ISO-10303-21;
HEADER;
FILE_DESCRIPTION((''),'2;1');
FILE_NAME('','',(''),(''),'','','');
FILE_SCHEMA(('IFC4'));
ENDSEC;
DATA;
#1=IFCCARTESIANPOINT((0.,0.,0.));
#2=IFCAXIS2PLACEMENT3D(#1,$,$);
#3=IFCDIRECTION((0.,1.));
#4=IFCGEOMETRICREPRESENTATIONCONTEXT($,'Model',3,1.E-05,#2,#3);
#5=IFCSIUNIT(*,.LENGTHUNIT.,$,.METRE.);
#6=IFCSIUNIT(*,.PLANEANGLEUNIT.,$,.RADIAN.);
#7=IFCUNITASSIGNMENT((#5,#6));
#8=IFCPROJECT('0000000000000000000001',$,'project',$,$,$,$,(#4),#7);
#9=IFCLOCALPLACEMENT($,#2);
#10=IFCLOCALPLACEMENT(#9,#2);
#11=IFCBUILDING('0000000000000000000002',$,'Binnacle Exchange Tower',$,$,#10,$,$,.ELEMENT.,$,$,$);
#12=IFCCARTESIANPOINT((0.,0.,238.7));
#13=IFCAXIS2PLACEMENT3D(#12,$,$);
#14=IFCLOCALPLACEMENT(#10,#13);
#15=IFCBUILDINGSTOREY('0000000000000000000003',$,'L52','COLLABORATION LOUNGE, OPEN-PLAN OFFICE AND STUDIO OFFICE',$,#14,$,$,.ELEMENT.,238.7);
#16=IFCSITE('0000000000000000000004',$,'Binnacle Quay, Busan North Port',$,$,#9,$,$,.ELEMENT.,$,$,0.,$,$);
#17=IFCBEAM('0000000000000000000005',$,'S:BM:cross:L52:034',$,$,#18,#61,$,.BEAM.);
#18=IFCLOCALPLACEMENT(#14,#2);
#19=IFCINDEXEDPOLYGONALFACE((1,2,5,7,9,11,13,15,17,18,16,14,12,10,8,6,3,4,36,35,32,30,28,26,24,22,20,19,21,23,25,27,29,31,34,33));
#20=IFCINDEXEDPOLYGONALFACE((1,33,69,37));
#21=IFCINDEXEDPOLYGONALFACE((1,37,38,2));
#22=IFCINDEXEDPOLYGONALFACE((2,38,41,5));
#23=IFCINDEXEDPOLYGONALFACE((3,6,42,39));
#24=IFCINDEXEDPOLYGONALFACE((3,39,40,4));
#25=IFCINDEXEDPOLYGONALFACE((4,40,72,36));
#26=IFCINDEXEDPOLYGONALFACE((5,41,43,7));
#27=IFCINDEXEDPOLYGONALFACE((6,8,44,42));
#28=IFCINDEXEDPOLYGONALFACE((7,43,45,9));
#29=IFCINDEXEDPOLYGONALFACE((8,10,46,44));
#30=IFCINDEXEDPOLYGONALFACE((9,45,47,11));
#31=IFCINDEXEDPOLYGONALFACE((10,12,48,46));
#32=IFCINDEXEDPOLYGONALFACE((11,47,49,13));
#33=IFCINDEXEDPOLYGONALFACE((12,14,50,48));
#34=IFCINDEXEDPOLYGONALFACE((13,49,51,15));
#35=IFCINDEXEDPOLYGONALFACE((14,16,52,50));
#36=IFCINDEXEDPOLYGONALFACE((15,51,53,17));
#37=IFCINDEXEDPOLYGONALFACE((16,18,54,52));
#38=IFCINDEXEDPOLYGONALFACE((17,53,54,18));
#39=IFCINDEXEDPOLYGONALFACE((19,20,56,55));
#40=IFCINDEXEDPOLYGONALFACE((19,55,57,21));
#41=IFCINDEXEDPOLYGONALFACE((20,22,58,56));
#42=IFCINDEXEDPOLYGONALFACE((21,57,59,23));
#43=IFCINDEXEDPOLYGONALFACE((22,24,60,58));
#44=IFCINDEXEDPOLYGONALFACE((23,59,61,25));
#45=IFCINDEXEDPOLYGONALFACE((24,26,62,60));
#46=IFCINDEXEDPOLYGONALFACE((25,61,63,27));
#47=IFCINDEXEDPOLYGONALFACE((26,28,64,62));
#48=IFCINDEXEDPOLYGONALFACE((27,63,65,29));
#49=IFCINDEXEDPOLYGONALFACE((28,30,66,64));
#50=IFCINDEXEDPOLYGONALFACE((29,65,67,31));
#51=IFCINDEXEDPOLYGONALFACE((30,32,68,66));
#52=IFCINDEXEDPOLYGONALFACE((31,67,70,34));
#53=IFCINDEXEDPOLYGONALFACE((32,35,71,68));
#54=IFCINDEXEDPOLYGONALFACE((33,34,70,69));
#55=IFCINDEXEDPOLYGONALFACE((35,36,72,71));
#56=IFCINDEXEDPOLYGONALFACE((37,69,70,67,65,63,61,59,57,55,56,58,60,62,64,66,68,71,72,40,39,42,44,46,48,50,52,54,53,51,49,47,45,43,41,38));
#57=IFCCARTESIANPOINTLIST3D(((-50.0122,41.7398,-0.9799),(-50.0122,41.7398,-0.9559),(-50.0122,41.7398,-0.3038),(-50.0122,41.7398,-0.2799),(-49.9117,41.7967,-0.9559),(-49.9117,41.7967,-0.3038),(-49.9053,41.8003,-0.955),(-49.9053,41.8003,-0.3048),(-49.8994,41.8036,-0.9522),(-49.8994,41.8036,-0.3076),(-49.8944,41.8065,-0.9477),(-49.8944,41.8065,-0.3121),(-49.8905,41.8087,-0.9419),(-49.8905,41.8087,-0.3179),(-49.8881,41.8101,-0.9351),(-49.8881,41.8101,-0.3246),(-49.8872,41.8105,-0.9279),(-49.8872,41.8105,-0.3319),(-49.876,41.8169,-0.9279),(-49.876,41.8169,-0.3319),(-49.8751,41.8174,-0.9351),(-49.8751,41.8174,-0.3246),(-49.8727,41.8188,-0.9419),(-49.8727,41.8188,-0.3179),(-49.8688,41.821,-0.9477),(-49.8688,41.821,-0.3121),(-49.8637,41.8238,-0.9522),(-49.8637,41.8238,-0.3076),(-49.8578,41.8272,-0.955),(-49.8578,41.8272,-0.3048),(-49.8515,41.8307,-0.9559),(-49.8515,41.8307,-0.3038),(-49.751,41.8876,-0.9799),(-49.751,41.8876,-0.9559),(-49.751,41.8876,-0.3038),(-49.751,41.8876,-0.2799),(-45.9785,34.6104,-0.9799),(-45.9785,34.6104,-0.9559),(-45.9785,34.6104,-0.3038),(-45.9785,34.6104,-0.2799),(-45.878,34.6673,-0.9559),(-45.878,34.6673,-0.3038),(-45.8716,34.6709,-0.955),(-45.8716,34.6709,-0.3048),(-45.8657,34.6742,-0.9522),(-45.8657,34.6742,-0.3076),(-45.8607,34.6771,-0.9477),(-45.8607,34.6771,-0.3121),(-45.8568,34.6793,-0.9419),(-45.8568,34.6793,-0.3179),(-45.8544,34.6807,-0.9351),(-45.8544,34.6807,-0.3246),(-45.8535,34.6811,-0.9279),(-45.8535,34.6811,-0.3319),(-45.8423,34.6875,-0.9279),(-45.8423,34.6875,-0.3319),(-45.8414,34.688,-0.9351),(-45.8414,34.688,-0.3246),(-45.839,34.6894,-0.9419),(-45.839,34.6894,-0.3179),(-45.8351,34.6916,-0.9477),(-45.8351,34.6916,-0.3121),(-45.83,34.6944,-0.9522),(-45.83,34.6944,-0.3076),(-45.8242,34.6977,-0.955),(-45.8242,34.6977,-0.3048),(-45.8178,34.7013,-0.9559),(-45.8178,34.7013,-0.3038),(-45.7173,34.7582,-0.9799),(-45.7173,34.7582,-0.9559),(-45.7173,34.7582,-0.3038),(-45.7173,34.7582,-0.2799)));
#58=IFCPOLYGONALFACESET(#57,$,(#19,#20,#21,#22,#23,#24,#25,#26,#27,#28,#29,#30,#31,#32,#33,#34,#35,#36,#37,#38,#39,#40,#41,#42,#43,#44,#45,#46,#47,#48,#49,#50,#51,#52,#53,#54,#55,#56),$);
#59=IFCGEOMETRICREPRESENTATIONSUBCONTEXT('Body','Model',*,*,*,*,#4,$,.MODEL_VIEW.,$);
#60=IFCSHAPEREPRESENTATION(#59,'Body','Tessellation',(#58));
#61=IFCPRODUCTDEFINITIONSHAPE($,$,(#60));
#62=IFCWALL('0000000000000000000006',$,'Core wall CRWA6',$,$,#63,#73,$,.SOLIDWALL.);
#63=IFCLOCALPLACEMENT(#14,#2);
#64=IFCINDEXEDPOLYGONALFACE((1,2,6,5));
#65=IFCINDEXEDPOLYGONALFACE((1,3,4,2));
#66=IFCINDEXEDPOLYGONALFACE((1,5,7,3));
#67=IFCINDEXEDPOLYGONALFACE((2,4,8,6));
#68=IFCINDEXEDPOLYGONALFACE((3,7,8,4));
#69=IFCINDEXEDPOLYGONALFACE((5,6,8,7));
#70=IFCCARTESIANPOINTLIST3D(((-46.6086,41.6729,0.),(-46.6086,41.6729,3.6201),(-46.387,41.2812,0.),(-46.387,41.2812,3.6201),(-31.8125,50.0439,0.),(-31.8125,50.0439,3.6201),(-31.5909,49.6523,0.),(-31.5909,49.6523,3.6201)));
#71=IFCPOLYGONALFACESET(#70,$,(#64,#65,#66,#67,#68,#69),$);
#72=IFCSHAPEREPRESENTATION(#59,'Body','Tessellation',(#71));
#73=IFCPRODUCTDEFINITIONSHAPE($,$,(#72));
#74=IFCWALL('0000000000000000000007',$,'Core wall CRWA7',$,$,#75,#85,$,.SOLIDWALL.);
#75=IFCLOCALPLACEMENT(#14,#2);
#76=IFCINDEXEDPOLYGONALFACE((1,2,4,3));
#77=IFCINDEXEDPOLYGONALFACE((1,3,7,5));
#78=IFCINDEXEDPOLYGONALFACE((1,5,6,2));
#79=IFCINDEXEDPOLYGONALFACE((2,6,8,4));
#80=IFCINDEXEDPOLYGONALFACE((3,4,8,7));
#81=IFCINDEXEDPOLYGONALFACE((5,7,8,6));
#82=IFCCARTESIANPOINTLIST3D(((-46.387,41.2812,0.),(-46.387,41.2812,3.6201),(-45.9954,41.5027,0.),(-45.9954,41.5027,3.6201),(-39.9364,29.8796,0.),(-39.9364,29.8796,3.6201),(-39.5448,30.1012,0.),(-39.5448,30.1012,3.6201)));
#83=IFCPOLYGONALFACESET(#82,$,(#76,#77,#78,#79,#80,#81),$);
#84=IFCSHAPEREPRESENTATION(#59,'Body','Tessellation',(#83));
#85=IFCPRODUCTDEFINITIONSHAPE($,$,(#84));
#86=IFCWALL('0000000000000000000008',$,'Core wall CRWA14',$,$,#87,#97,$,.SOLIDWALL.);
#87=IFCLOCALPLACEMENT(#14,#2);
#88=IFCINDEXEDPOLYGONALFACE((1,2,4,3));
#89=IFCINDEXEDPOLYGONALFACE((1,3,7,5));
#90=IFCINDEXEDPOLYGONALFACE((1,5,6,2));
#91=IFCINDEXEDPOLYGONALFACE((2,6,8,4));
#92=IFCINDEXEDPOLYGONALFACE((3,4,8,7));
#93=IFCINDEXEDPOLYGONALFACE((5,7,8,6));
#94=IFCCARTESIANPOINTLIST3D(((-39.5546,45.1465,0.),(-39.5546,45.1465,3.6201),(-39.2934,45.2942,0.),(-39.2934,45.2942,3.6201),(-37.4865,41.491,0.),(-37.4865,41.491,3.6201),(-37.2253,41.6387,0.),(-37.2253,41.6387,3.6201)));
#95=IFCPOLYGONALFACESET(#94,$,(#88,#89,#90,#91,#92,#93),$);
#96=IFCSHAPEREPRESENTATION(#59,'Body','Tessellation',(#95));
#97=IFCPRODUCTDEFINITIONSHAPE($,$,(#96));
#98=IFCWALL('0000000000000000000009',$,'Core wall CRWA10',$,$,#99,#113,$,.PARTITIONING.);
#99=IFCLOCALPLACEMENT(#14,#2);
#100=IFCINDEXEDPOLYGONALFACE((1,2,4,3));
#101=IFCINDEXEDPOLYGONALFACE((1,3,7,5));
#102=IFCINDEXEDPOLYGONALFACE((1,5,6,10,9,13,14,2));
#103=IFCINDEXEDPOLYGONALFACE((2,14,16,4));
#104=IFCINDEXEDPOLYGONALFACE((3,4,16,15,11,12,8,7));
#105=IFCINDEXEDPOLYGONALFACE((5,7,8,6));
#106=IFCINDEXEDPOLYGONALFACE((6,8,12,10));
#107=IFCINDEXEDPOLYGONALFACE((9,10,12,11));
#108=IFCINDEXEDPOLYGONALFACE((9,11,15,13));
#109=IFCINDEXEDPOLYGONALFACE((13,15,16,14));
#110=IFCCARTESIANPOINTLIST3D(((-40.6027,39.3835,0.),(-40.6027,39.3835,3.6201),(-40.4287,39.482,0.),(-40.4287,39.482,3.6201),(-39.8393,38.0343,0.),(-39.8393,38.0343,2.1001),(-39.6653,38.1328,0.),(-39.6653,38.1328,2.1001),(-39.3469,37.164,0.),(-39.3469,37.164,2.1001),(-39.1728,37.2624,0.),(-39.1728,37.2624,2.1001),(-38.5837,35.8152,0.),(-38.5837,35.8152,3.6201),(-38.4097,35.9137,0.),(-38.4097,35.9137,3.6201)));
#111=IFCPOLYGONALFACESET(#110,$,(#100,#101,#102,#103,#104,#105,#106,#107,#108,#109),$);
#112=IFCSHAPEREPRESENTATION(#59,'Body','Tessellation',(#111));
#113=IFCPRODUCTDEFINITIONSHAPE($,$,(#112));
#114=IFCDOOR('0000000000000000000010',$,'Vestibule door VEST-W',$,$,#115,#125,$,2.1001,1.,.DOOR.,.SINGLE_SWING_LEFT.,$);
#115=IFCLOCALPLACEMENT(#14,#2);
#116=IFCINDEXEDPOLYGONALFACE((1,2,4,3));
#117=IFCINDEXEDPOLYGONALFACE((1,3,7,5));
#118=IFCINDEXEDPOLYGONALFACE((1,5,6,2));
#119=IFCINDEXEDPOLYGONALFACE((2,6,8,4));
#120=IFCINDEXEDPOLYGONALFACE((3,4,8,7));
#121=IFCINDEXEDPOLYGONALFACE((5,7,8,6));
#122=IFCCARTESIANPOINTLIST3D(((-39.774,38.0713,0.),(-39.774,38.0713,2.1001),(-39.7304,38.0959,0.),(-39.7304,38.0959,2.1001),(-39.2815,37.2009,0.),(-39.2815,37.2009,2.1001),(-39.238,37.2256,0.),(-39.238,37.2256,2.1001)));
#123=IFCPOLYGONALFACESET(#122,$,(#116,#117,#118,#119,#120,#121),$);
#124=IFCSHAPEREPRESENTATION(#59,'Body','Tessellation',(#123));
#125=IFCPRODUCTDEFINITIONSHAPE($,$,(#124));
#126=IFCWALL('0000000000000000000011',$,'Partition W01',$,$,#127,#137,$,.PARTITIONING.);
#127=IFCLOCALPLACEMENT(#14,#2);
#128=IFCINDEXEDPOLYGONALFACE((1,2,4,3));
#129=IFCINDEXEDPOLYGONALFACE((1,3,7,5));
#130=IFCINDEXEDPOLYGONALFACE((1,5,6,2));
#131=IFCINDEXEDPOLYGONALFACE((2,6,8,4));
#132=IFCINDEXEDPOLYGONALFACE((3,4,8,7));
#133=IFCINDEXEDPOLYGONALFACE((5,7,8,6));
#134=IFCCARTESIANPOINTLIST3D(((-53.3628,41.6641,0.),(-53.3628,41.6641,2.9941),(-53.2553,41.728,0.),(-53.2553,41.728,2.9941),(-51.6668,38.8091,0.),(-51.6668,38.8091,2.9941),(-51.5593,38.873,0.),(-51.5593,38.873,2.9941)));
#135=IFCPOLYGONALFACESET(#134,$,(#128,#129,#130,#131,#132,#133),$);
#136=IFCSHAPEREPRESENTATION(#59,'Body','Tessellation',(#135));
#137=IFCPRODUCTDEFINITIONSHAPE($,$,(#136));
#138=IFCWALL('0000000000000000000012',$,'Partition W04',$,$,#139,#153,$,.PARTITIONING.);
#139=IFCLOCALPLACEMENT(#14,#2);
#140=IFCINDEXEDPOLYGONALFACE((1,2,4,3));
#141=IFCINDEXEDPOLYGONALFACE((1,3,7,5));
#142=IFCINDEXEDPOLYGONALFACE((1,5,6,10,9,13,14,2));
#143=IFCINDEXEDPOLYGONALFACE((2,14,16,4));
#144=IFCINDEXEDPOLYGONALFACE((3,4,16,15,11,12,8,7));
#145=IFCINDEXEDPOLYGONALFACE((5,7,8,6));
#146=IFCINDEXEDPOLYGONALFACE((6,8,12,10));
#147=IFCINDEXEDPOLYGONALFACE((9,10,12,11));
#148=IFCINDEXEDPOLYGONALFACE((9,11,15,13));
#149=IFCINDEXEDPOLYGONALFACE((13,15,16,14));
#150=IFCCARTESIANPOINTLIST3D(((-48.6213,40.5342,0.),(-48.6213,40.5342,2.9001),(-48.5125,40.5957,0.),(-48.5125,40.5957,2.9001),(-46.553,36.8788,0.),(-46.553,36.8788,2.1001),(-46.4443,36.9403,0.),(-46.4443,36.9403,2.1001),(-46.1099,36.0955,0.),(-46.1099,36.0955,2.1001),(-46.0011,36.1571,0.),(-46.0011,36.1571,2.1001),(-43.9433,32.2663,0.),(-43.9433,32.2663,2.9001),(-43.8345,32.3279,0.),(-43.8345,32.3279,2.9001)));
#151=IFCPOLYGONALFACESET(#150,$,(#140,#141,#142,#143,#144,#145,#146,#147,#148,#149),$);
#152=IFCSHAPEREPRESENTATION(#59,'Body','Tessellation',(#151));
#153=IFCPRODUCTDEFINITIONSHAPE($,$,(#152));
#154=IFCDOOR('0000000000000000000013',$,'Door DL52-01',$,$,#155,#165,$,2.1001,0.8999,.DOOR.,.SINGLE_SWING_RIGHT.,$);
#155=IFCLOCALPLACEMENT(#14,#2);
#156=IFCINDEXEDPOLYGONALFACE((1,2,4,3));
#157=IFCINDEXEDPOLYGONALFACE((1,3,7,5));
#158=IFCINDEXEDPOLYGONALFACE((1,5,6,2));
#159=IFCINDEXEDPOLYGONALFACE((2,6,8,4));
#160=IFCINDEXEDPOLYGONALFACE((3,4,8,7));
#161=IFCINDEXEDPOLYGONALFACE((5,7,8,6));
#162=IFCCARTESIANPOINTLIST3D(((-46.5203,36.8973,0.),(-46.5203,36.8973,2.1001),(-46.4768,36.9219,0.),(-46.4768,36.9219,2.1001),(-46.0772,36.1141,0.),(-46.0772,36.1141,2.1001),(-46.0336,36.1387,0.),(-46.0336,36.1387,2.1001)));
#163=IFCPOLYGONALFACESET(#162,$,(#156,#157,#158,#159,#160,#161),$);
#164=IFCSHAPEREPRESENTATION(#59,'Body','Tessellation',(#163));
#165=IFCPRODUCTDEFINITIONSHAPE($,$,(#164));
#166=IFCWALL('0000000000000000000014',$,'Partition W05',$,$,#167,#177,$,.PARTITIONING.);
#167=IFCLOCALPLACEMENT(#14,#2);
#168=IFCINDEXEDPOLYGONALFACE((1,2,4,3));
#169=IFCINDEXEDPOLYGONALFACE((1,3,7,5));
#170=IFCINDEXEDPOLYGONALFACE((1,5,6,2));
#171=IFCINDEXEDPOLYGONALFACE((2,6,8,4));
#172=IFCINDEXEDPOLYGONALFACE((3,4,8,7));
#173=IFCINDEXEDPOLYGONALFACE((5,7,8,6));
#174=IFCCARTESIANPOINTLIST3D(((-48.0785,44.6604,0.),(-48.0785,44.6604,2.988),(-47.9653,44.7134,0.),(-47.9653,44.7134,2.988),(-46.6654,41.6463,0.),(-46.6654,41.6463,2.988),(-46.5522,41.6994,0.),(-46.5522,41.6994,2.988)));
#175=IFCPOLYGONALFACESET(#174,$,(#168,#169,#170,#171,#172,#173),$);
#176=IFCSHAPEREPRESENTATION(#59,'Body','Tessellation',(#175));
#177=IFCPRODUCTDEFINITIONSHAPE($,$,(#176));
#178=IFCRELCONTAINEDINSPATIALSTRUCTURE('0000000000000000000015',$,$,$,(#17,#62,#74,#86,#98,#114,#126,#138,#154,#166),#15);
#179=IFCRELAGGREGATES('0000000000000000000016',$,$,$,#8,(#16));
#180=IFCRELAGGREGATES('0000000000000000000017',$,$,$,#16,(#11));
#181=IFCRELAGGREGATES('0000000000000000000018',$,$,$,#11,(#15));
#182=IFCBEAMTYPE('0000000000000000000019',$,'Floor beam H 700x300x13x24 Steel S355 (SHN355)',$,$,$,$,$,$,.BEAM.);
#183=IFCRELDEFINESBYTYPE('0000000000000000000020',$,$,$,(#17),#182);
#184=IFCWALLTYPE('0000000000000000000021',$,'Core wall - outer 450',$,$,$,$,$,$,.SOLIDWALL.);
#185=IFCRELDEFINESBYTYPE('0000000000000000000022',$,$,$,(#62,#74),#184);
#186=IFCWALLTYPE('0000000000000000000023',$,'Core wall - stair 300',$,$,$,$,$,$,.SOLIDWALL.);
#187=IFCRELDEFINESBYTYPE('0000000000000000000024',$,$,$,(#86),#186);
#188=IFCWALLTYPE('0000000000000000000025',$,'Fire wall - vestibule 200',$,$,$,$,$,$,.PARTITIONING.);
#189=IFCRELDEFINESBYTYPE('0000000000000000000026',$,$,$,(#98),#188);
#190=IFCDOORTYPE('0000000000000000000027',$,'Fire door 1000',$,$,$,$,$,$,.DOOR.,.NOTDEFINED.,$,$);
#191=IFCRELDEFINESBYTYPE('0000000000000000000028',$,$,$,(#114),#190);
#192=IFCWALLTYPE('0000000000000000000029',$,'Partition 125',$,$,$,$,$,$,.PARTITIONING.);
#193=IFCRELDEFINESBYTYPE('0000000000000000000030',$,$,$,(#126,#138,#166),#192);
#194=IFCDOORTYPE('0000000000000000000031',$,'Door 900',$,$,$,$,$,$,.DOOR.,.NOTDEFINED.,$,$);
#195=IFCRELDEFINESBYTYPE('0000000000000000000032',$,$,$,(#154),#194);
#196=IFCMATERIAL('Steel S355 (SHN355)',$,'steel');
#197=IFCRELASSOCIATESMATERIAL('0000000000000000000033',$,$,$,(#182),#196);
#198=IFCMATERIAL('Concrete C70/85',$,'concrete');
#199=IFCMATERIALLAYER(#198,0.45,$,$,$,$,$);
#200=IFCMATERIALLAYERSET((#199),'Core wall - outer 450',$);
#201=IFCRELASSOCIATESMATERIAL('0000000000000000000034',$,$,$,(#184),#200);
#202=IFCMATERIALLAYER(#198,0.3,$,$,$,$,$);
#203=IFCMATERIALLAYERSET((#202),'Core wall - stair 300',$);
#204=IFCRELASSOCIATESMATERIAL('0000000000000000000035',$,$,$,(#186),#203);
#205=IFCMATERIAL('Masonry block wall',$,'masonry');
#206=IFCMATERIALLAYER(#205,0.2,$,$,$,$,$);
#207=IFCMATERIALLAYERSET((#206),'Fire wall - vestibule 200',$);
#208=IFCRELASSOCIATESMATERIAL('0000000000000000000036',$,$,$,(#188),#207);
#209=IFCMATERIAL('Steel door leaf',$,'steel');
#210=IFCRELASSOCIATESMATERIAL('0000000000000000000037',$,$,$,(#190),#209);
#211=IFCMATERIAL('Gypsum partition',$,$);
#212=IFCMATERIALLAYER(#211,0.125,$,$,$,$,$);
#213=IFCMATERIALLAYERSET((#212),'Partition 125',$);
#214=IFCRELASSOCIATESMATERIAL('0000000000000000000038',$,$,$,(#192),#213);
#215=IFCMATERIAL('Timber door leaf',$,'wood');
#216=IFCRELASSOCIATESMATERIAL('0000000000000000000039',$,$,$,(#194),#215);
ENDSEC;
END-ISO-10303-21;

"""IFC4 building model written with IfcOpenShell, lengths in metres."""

from ifc_helpers import new_model, si_unit, direction, frame, frame_2d, origin, origin_2d, place, context, subcontext, project, spatial, rectangle, i_section, extrude, material, layer, layer_set, material_profile, profile_set, type_object, element, fill, save


model = new_model("IFC4")

# Units and contexts
model_context = context("Model", 3, precision=1e-05, world=origin(), true_north=direction((0.0, 1.0)))
body_context = subcontext(model_context, "Body", "Model", "MODEL_VIEW")
ifc_project = project(units=[si_unit("LENGTHUNIT", "METRE"), si_unit("PLANEANGLEUNIT", "RADIAN")], contexts=[model_context])

# Site, building, storey
site_placement = place(None, origin())
site = spatial("IfcSite", under=ifc_project, at=site_placement, Name="Binnacle Quay, Busan North Port", CompositionType="ELEMENT", RefElevation=0.0)
building_placement = place(site_placement, origin())
building = spatial("IfcBuilding", under=site, at=building_placement, Name="Binnacle Exchange Tower", CompositionType="ELEMENT")
storey_placement = place(building_placement, frame((0.0, 0.0, 238.7)))
storey = spatial("IfcBuildingStorey", under=building, at=storey_placement, Name="L52", Description="COLLABORATION LOUNGE, OPEN-PLAN OFFICE AND STUDIO OFFICE", CompositionType="ELEMENT", Elevation=238.7)

# Beam
ifc_material_1 = material(Name="Steel S355 (SHN355)", Category="steel")
ifc_material_profile_1 = material_profile(ifc_material_1, i_section(OverallWidth=0.3, OverallDepth=0.7, WebThickness=0.0129, FlangeThickness=0.0239, FilletRadius=0.0281, at=origin_2d()), Name="H 700x300x13x24")
ifc_profile_set_1 = profile_set([ifc_material_profile_1], Name="Steel S355 (SHN355)")
beam_type_1 = type_object("IfcBeamType", Name="Floor beam H 700x300x13x24 Steel S355 (SHN355)", PredefinedType="BEAM", material=ifc_profile_set_1)
beam_1_placement = place(storey_placement, frame((-49.8816, 41.8137, -0.6299), z_axis=(0.49243, -0.870352, 0.0), x_axis=(0.870352, 0.49243, 0.0)))
element("IfcBeam", 1, at=beam_1_placement, inside=storey, type_object=beam_type_1, Name="S:BM:cross:L52:034", PredefinedType="BEAM", context=body_context, shape_type="SweptSolid", body=[
    extrude(i_section(OverallWidth=0.3, OverallDepth=0.7, WebThickness=0.0129, FlangeThickness=0.0239, FilletRadius=0.0281, at=origin_2d()), origin(), (0.0, 0.0, 1.0), 8.1914),
])

# Walls
ifc_material_2 = material(Name="Concrete C70/85", Category="concrete")
ifc_layer_1 = layer(ifc_material_2, 0.45)
ifc_layer_set_1 = layer_set([ifc_layer_1], Name="Core wall - outer 450")
wall_type_1 = type_object("IfcWallType", Name="Core wall - outer 450", PredefinedType="SOLIDWALL", material=ifc_layer_set_1)
wall_1_placement = place(storey_placement, frame((-46.4978, 41.4771, 0.0), z_axis=(0.0, 0.0, 1.0), x_axis=(0.87036, 0.492416, 0.0)))
element("IfcWall", 2, at=wall_1_placement, inside=storey, type_object=wall_type_1, Name="Core wall CRWA6", PredefinedType="SOLIDWALL", context=body_context, shape_type="SweptSolid", body=[
    extrude(rectangle(XDim=17.0, YDim=0.45, at=frame_2d((8.5, 0.0))), origin(), (0.0, 0.0, 1.0), 3.6201),
])
wall_2_placement = place(storey_placement, frame((-46.1912, 41.3918, 0.0), z_axis=(0.0, 0.0, 1.0), x_axis=(0.492421, -0.870357, 0.0)))
element("IfcWall", 3, at=wall_2_placement, inside=storey, type_object=wall_type_1, Name="Core wall CRWA7", PredefinedType="SOLIDWALL", context=body_context, shape_type="SweptSolid", body=[
    extrude(rectangle(XDim=13.0999, YDim=0.45, at=frame_2d((6.5498, 0.0))), origin(), (0.0, 0.0, 1.0), 3.6201),
])
ifc_layer_2 = layer(ifc_material_2, 0.3)
ifc_layer_set_2 = layer_set([ifc_layer_2], Name="Core wall - stair 300")
wall_type_2 = type_object("IfcWallType", Name="Core wall - stair 300", PredefinedType="SOLIDWALL", material=ifc_layer_set_2)
wall_3_placement = place(storey_placement, frame((-39.4241, 45.2205, 0.0), z_axis=(0.0, 0.0, 1.0), x_axis=(0.49241, -0.870364, 0.0)))
element("IfcWall", 4, at=wall_3_placement, inside=storey, type_object=wall_type_2, Name="Core wall CRWA14", PredefinedType="SOLIDWALL", context=body_context, shape_type="SweptSolid", body=[
    extrude(rectangle(XDim=4.2, YDim=0.3, at=frame_2d((2.1001, 0.0))), origin(), (0.0, 0.0, 1.0), 3.6201),
])

# Wall, opening, door
ifc_material_3 = material(Name="Masonry block wall", Category="masonry")
ifc_layer_3 = layer(ifc_material_3, 0.2)
ifc_layer_set_3 = layer_set([ifc_layer_3], Name="Fire wall - vestibule 200")
wall_type_3 = type_object("IfcWallType", Name="Fire wall - vestibule 200", PredefinedType="PARTITIONING", material=ifc_layer_set_3)
wall_4_placement = place(storey_placement, frame((-40.5156, 39.4326, 0.0), z_axis=(0.0, 0.0, 1.0), x_axis=(0.492454, -0.870339, 0.0)))
wall_4 = element("IfcWall", 5, at=wall_4_placement, inside=storey, type_object=wall_type_3, Name="Core wall CRWA10", PredefinedType="PARTITIONING", context=body_context, shape_type="SweptSolid", body=[
    extrude(rectangle(XDim=4.0999, YDim=0.2, at=frame_2d((2.0498, 0.0))), origin(), (0.0, 0.0, 1.0), 3.6201),
])
opening_1_placement = place(wall_4_placement, frame((1.55, 0.0, 0.0)))
opening_1 = element("IfcOpeningElement", 6, at=opening_1_placement, cuts=wall_4, PredefinedType="OPENING", context=body_context, shape_type="SweptSolid", body=[
    extrude(rectangle(XDim=1.0, YDim=2.1001, at=frame_2d((0.5, 1.05))), frame((0.0, 0.1099, 0.0), z_axis=(0.0, -1.0, 0.0), x_axis=(1.0, 0.0, 0.0)), (0.0, 0.0, 1.0), 0.22),
])
ifc_material_4 = material(Name="Steel door leaf", Category="steel")
door_type_1 = type_object("IfcDoorType", Name="Fire door 1000", OperationType="NOTDEFINED", PredefinedType="DOOR", material=ifc_material_4)
door_1_placement = place(opening_1_placement, frame((1.0, 0.0, 0.0), z_axis=(0.0, 0.0, 1.0), x_axis=(-1.0, 0.0, 0.0)))
door_1 = element("IfcDoor", 7, at=door_1_placement, inside=storey, type_object=door_type_1, Name="Vestibule door VEST-W", OperationType="SINGLE_SWING_LEFT", OverallHeight=2.1001, OverallWidth=1.0, PredefinedType="DOOR", context=body_context, shape_type="SweptSolid", body=[
    extrude(rectangle(XDim=1.0, YDim=2.1001, at=frame_2d((0.5, 1.05))), frame((0.0, 0.0249, 0.0), z_axis=(0.0, -1.0, 0.0), x_axis=(1.0, 0.0, 0.0)), (0.0, 0.0, 1.0), 0.05),
])
fill(opening_1, door_1)

# Wall
ifc_material_5 = material(Name="Gypsum partition")
ifc_layer_4 = layer(ifc_material_5, 0.125)
ifc_layer_set_4 = layer_set([ifc_layer_4], Name="Partition 125")
wall_type_4 = type_object("IfcWallType", Name="Partition 125", PredefinedType="PARTITIONING", material=ifc_layer_set_4)
wall_5_placement = place(storey_placement, frame((-53.3091, 41.696, 0.0), z_axis=(0.0, 0.0, 1.0), x_axis=(0.510739, -0.859736, 0.0)))
element("IfcWall", 8, at=wall_5_placement, inside=storey, type_object=wall_type_4, Name="Partition W01", PredefinedType="PARTITIONING", context=body_context, shape_type="SweptSolid", body=[
    extrude(rectangle(XDim=3.3208, YDim=0.125, at=frame_2d((1.6604, 0.0))), origin(), (0.0, 0.0, 1.0), 2.9941),
])

# Wall, opening, door
wall_6_placement = place(storey_placement, frame((-48.5669, 40.5649, 0.0), z_axis=(0.0, 0.0, 1.0), x_axis=(0.492445, -0.870344, 0.0)))
wall_6 = element("IfcWall", 9, at=wall_6_placement, inside=storey, type_object=wall_type_4, Name="Partition W04", PredefinedType="PARTITIONING", context=body_context, shape_type="SweptSolid", body=[
    extrude(rectangle(XDim=9.4995, YDim=0.125, at=frame_2d((4.7498, 0.0))), origin(), (0.0, 0.0, 1.0), 2.9001),
])
opening_2_placement = place(wall_6_placement, frame((4.2, 0.0, 0.0)))
opening_2 = element("IfcOpeningElement", 10, at=opening_2_placement, cuts=wall_6, PredefinedType="OPENING", context=body_context, shape_type="SweptSolid", body=[
    extrude(rectangle(XDim=0.8999, YDim=2.1001, at=frame_2d((0.45, 1.05))), frame((0.0, 0.0725, 0.0), z_axis=(0.0, -1.0, 0.0), x_axis=(1.0, 0.0, 0.0)), (0.0, 0.0, 1.0), 0.145),
])
ifc_material_6 = material(Name="Timber door leaf", Category="wood")
door_type_2 = type_object("IfcDoorType", Name="Door 900", OperationType="NOTDEFINED", PredefinedType="DOOR", material=ifc_material_6)
door_2_placement = place(opening_2_placement, frame((0.8999, 0.0, 0.0), z_axis=(0.0, 0.0, 1.0), x_axis=(-1.0, 0.0, 0.0)))
door_2 = element("IfcDoor", 11, at=door_2_placement, inside=storey, type_object=door_type_2, Name="Door DL52-01", OperationType="SINGLE_SWING_RIGHT", OverallHeight=2.1001, OverallWidth=0.8999, PredefinedType="DOOR", context=body_context, shape_type="SweptSolid", body=[
    extrude(rectangle(XDim=0.8999, YDim=2.1001, at=frame_2d((0.45, 1.05))), frame((0.0, 0.0249, 0.0), z_axis=(0.0, -1.0, 0.0), x_axis=(1.0, 0.0, 0.0)), (0.0, 0.0, 1.0), 0.05),
])
fill(opening_2, door_2)

# Wall
wall_7_placement = place(storey_placement, frame((-48.022, 44.687, 0.0), z_axis=(0.0, 0.0, 1.0), x_axis=(0.424511, -0.905423, 0.0)))
element("IfcWall", 12, at=wall_7_placement, inside=storey, type_object=wall_type_4, Name="Partition W05", PredefinedType="PARTITIONING", context=body_context, shape_type="SweptSolid", body=[
    extrude(rectangle(XDim=3.3289, YDim=0.125, at=frame_2d((1.6646, 0.0))), origin(), (0.0, 0.0, 1.0), 2.988),
])

save(model, "model.ifc")
